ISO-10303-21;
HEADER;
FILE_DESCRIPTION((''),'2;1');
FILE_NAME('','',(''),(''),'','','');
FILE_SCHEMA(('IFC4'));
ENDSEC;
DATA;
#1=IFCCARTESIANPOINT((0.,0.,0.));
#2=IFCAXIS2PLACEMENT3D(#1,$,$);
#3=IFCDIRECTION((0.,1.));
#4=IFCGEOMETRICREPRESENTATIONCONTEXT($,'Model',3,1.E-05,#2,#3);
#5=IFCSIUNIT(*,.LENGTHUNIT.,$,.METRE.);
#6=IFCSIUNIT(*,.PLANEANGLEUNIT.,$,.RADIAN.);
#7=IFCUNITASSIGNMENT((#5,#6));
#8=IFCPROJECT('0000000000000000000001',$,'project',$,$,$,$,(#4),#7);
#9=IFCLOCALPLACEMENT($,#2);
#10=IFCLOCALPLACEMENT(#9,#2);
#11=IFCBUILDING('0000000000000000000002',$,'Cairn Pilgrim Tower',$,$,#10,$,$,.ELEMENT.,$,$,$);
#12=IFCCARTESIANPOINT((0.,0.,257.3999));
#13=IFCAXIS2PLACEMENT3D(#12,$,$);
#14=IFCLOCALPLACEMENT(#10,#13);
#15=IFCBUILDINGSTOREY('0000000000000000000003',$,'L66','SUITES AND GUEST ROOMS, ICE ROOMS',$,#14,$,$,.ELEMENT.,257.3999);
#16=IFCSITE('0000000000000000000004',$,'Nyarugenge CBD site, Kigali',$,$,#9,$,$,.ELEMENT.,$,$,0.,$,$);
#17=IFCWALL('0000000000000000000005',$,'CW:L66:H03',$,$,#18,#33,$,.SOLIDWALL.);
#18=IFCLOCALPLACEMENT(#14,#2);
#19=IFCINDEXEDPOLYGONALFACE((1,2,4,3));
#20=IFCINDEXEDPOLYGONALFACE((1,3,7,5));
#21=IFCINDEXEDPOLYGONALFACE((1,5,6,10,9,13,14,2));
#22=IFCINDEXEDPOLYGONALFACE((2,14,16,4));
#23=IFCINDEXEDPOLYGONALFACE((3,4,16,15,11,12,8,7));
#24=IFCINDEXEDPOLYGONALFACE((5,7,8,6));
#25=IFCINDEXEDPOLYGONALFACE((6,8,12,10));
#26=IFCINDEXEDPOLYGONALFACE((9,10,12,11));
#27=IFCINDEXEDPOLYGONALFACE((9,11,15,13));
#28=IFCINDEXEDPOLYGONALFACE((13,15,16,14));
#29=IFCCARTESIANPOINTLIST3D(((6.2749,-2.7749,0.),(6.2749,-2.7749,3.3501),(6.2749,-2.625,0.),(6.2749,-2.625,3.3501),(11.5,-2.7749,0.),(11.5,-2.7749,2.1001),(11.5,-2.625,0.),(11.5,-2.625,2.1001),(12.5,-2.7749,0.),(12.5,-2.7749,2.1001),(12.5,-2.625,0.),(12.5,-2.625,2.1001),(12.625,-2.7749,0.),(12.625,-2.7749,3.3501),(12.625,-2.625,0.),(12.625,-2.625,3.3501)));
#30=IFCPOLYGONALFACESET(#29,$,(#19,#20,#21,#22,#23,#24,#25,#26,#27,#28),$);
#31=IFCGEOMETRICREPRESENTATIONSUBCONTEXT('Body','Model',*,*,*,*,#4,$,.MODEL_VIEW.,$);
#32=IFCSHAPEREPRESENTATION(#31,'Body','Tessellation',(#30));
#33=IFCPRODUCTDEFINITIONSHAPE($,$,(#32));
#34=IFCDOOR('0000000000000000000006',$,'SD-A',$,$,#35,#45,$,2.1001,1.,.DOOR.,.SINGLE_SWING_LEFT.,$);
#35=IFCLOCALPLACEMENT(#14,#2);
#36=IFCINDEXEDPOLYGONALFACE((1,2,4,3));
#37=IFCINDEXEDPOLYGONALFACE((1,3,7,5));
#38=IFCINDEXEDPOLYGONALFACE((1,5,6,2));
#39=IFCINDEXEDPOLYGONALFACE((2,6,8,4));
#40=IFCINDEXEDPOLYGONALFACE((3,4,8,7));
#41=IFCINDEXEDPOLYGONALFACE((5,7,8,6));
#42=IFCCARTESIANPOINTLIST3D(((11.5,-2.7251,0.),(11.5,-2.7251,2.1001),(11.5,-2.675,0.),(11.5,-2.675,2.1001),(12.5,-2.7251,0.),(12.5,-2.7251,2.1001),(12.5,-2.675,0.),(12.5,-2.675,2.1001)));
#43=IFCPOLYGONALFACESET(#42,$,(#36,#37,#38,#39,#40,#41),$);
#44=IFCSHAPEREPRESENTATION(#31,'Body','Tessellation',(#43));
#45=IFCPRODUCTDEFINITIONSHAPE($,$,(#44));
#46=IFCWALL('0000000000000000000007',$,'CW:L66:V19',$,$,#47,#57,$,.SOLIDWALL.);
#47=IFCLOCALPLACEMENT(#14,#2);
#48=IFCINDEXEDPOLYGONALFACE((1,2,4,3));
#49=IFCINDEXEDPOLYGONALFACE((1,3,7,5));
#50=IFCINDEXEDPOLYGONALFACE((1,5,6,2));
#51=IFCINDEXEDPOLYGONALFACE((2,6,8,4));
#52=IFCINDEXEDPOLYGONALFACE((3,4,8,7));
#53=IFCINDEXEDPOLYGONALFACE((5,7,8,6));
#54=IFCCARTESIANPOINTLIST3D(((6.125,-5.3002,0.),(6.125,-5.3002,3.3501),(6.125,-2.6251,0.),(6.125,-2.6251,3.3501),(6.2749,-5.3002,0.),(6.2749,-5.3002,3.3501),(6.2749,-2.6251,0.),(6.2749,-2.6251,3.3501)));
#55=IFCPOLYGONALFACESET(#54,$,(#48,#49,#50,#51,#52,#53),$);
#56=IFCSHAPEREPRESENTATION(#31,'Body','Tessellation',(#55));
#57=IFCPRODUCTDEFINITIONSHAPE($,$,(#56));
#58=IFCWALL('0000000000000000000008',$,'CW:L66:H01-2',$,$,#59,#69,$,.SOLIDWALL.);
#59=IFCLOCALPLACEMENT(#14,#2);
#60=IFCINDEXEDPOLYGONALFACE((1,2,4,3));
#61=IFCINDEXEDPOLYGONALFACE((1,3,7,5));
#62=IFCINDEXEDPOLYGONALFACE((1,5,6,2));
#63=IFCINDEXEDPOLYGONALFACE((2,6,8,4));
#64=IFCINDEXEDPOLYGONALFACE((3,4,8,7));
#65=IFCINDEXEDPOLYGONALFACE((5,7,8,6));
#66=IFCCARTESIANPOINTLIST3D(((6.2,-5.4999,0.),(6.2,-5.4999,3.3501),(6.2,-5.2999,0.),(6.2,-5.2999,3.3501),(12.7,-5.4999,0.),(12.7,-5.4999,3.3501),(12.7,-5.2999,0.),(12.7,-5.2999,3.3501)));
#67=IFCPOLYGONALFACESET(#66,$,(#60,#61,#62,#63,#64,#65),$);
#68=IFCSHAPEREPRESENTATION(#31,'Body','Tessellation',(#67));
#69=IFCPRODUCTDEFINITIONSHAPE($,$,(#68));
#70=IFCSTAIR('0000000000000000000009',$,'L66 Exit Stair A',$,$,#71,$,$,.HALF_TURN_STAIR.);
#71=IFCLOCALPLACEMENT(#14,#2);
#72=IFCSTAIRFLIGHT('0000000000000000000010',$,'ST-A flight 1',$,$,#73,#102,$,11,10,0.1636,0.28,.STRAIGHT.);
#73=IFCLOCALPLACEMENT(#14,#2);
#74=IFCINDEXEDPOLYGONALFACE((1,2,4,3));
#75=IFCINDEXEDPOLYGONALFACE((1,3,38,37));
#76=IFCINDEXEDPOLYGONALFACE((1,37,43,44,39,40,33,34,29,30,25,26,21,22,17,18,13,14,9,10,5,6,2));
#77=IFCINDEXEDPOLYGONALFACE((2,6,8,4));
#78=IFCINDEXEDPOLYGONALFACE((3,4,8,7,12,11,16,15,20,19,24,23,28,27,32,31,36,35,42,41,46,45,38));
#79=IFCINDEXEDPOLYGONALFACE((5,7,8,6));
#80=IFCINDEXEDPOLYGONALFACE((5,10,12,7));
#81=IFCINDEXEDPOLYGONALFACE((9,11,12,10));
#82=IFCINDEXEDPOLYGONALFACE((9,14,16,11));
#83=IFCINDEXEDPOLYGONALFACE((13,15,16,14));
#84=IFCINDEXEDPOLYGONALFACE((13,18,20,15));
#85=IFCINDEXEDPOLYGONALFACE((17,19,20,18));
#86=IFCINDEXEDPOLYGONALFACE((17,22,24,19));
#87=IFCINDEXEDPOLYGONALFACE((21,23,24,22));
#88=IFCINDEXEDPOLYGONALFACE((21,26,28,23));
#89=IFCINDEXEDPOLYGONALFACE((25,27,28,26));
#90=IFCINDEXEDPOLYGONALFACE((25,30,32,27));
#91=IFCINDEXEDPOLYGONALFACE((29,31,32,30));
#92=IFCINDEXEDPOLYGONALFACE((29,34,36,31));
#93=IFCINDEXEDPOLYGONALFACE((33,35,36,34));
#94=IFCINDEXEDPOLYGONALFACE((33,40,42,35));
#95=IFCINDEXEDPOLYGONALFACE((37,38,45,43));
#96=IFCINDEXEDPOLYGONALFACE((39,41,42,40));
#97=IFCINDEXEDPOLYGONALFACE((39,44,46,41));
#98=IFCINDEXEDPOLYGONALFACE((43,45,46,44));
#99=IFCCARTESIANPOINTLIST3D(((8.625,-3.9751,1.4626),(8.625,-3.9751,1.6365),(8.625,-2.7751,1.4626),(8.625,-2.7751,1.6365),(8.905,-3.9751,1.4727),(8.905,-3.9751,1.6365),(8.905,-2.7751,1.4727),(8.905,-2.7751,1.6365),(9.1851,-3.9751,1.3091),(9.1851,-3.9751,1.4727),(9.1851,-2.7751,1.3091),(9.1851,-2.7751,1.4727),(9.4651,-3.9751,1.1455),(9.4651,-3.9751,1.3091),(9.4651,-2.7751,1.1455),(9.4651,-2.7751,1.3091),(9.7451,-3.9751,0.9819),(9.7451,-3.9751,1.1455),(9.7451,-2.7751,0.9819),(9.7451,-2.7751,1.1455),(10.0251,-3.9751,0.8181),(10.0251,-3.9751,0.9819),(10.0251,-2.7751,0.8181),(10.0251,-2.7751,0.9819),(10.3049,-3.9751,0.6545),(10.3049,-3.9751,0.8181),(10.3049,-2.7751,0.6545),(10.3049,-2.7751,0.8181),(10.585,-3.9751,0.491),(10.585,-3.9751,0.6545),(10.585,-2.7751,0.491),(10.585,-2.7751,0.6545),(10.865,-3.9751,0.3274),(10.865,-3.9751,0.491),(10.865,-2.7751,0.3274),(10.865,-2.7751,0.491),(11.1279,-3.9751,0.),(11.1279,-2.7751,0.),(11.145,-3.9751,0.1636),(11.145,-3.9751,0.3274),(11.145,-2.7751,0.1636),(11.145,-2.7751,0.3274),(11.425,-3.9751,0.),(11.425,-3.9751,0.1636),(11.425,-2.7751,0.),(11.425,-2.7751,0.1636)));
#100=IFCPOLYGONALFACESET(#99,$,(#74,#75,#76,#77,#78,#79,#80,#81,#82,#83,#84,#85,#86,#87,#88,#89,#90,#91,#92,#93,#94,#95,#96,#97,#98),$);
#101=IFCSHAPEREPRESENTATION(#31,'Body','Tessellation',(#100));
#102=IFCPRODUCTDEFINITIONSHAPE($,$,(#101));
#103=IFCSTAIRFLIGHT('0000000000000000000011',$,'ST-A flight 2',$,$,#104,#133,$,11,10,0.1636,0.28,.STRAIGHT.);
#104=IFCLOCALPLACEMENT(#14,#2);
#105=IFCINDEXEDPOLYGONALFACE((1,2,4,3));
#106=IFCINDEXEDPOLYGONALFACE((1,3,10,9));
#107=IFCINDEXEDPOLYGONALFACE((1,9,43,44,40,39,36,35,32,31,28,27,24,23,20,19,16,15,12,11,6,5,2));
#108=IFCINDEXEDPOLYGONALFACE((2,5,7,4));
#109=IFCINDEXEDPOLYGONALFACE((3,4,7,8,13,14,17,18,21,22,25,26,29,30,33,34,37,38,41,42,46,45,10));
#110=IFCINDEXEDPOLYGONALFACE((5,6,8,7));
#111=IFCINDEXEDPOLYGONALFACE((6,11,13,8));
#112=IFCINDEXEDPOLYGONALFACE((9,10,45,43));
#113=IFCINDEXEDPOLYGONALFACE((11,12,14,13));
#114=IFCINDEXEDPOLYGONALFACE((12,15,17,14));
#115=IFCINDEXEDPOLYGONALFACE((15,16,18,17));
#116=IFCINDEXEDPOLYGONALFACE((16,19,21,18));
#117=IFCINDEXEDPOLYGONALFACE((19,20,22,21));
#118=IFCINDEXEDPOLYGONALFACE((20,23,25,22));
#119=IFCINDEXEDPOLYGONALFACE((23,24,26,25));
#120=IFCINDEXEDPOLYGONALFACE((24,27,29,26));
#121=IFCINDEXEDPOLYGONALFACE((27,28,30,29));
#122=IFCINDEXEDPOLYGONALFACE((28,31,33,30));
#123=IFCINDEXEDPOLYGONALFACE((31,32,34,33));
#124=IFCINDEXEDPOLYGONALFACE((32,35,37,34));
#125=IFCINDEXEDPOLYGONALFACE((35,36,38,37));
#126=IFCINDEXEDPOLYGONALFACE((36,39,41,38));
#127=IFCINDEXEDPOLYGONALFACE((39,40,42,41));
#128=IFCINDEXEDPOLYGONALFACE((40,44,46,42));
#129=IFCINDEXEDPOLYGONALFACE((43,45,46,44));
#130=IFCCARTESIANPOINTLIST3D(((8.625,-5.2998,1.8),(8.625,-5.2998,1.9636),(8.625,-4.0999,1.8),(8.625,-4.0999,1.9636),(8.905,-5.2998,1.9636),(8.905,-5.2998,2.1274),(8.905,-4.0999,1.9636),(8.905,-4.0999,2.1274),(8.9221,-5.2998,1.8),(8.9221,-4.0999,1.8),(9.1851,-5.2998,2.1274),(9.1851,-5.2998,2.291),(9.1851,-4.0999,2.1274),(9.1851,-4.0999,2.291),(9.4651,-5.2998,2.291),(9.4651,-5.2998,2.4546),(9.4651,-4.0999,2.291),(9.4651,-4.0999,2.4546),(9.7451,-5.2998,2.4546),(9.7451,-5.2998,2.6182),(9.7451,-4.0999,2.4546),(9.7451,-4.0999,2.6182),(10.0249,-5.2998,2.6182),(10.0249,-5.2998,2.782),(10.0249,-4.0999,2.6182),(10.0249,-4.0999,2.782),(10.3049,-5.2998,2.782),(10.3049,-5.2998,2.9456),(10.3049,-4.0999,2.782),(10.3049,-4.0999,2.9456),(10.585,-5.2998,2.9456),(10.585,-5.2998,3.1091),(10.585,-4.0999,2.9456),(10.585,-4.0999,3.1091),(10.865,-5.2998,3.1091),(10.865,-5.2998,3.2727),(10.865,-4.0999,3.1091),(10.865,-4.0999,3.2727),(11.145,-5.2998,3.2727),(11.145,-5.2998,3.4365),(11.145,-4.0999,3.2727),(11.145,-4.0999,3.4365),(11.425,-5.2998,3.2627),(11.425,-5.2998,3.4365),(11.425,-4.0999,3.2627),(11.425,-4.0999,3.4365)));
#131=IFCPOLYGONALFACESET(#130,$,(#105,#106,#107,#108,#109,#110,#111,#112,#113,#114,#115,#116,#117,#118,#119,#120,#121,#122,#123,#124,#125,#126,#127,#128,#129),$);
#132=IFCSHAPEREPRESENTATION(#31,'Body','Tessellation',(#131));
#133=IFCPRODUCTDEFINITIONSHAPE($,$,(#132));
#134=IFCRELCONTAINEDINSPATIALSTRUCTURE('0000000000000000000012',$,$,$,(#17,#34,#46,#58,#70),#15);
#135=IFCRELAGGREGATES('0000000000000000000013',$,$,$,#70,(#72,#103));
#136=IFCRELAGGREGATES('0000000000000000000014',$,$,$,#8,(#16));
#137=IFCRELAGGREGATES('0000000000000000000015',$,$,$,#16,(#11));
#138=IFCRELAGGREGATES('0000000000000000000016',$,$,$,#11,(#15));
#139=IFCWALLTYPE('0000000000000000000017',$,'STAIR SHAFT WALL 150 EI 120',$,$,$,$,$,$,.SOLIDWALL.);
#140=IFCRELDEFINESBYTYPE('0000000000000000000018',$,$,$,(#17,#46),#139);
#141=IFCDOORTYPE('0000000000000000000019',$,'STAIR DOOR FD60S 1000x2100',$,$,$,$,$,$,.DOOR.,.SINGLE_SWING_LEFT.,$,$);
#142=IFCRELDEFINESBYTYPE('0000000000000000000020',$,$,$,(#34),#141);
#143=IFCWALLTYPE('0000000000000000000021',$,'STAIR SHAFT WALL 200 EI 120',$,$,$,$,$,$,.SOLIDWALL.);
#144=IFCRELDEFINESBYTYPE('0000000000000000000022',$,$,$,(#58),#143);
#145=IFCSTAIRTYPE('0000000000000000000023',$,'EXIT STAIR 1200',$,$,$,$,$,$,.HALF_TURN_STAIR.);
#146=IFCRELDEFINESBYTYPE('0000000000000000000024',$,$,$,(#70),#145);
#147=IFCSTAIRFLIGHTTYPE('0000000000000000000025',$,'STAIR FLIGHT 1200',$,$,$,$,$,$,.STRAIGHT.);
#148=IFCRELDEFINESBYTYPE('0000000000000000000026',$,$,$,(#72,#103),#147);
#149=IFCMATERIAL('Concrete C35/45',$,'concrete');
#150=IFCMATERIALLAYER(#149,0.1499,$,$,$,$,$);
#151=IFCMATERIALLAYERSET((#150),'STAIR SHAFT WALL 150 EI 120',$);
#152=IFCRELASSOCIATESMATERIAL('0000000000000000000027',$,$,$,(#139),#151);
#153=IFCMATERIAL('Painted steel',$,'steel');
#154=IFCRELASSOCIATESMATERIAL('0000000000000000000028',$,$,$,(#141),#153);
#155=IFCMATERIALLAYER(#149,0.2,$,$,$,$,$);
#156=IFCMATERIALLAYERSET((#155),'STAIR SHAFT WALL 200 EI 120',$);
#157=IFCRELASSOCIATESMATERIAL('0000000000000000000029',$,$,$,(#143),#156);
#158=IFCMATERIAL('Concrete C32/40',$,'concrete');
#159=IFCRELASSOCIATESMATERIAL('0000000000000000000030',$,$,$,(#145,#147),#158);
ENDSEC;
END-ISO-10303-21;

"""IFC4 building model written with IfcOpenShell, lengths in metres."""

from ifc_helpers import new_model, si_unit, direction, frame, frame_2d, origin, place, context, subcontext, project, spatial, polyline, rectangle, outline, extrude, material, layer, layer_set, type_object, element, fill, aggregate, save


model = new_model("IFC4")

# Units and contexts
model_context = context("Model", 3, precision=1e-05, world=origin(), true_north=direction((0.0, 1.0)))
body_context = subcontext(model_context, "Body", "Model", "MODEL_VIEW")
ifc_project = project(units=[si_unit("LENGTHUNIT", "METRE"), si_unit("PLANEANGLEUNIT", "RADIAN")], contexts=[model_context])

# Site, building, storey
site_placement = place(None, origin())
site = spatial("IfcSite", under=ifc_project, at=site_placement, Name="Nyarugenge CBD site, Kigali", CompositionType="ELEMENT", RefElevation=0.0)
building_placement = place(site_placement, origin())
building = spatial("IfcBuilding", under=site, at=building_placement, Name="Cairn Pilgrim Tower", CompositionType="ELEMENT")
storey_placement = place(building_placement, frame((0.0, 0.0, 257.3999)))
storey = spatial("IfcBuildingStorey", under=building, at=storey_placement, Name="L66", Description="SUITES AND GUEST ROOMS, ICE ROOMS", CompositionType="ELEMENT", Elevation=257.3999)

# Shared definitions
ifc_material_1 = material(Name="Concrete C35/45", Category="concrete")

# Shared definitions
ifc_material_2 = material(Name="Concrete C32/40", Category="concrete")

# Wall, opening, door
ifc_layer_1 = layer(ifc_material_1, 0.1499)
ifc_layer_set_1 = layer_set([ifc_layer_1], Name="STAIR SHAFT WALL 150 EI 120")
wall_type_1 = type_object("IfcWallType", Name="STAIR SHAFT WALL 150 EI 120", PredefinedType="SOLIDWALL", material=ifc_layer_set_1)
wall_1_placement = place(storey_placement, frame((6.2749, -2.7, 0.0), z_axis=(0.0, 0.0, 1.0), x_axis=(1.0, 0.0, 0.0)))
wall_1 = element("IfcWall", 1, at=wall_1_placement, inside=storey, type_object=wall_type_1, Name="CW:L66:H03", PredefinedType="SOLIDWALL", context=body_context, shape_type="SweptSolid", body=[
    extrude(rectangle(XDim=6.3501, YDim=0.1499, at=frame_2d((3.175, 0.0))), origin(), (0.0, 0.0, 1.0), 3.3501),
])
opening_1_placement = place(wall_1_placement, frame((5.2251, 0.0, 0.0)))
opening_1 = element("IfcOpeningElement", 2, at=opening_1_placement, cuts=wall_1, PredefinedType="OPENING", context=body_context, shape_type="SweptSolid", body=[
    extrude(rectangle(XDim=1.0, YDim=2.1001, at=frame_2d((0.5, 1.05))), frame((0.0, 0.085, 0.0), z_axis=(0.0, -1.0, 0.0), x_axis=(1.0, 0.0, 0.0)), (0.0, 0.0, 1.0), 0.1699),
])
ifc_material_3 = material(Name="Painted steel", Category="steel")
door_type_1 = type_object("IfcDoorType", Name="STAIR DOOR FD60S 1000x2100", OperationType="SINGLE_SWING_LEFT", PredefinedType="DOOR", material=ifc_material_3)
door_1_placement = place(opening_1_placement, origin())
door_1 = element("IfcDoor", 3, at=door_1_placement, inside=storey, type_object=door_type_1, Name="SD-A", OperationType="SINGLE_SWING_LEFT", OverallHeight=2.1001, OverallWidth=1.0, PredefinedType="DOOR", context=body_context, shape_type="SweptSolid", body=[
    extrude(rectangle(XDim=1.0, YDim=2.1001, at=frame_2d((0.5, 1.05))), frame((0.0, 0.0249, 0.0), z_axis=(0.0, -1.0, 0.0), x_axis=(1.0, 0.0, 0.0)), (0.0, 0.0, 1.0), 0.05),
])
fill(opening_1, door_1)

# Walls
wall_2_placement = place(storey_placement, frame((6.2, -5.3, 0.0), z_axis=(0.0, 0.0, 1.0), x_axis=(0.0, 1.0, 0.0)))
element("IfcWall", 4, at=wall_2_placement, inside=storey, type_object=wall_type_1, Name="CW:L66:V19", PredefinedType="SOLIDWALL", context=body_context, shape_type="SweptSolid", body=[
    extrude(rectangle(XDim=2.675, YDim=0.1499, at=frame_2d((1.3374, 0.0))), origin(), (0.0, 0.0, 1.0), 3.3501),
])
ifc_layer_2 = layer(ifc_material_1, 0.2)
ifc_layer_set_2 = layer_set([ifc_layer_2], Name="STAIR SHAFT WALL 200 EI 120")
wall_type_2 = type_object("IfcWallType", Name="STAIR SHAFT WALL 200 EI 120", PredefinedType="SOLIDWALL", material=ifc_layer_set_2)
wall_3_placement = place(storey_placement, frame((6.2, -5.3999, 0.0), z_axis=(0.0, 0.0, 1.0), x_axis=(1.0, 0.0, 0.0)))
element("IfcWall", 5, at=wall_3_placement, inside=storey, type_object=wall_type_2, Name="CW:L66:H01-2", PredefinedType="SOLIDWALL", context=body_context, shape_type="SweptSolid", body=[
    extrude(rectangle(XDim=6.5, YDim=0.2, at=frame_2d((3.25, 0.0))), origin(), (0.0, 0.0, 1.0), 3.3501),
])

# Stair, stair flights
stair_type = type_object("IfcStairType", Name="EXIT STAIR 1200", PredefinedType="HALF_TURN_STAIR", material=ifc_material_2)
stair_placement = place(storey_placement, origin())
stair = element("IfcStair", 6, at=stair_placement, inside=storey, type_object=stair_type, Name="L66 Exit Stair A", PredefinedType="HALF_TURN_STAIR")
stair_flight_type = type_object("IfcStairFlightType", Name="STAIR FLIGHT 1200", PredefinedType="STRAIGHT", material=ifc_material_2)
stair_flight_1_placement = place(storey_placement, frame((11.425, -3.375, 0.0), z_axis=(0.0, 0.0, 1.0), x_axis=(-1.0, 0.0, 0.0)))
stair_flight_1 = element("IfcStairFlight", 7, at=stair_flight_1_placement, type_object=stair_flight_type, Name="ST-A flight 1", NumberOfRisers=11, NumberOfTreads=10, PredefinedType="STRAIGHT", RiserHeight=0.1636, TreadLength=0.28, context=body_context, shape_type="SweptSolid", body=[
    extrude(outline(polyline([(0.0, 0.0), (0.0, 0.1636), (0.28, 0.1636), (0.28, 0.3274), (0.5601, 0.3274), (0.5601, 0.491), (0.8401, 0.491), (0.8401, 0.6545), (1.1201, 0.6545), (1.1201, 0.8181), (1.3999, 0.8181), (1.3999, 0.9819), (1.6799, 0.9819), (1.6799, 1.1455), (1.96, 1.1455), (1.96, 1.3091), (2.24, 1.3091), (2.24, 1.4727), (2.52, 1.4727), (2.52, 1.6365), (2.8, 1.6365), (2.8, 1.8), (2.8, 1.4626), (0.2971, 0.0), (0.0, 0.0)])), frame((0.0, 0.6001, 0.0), z_axis=(0.0, -1.0, 0.0), x_axis=(1.0, 0.0, 0.0)), (0.0, 0.0, 1.0), 1.2),
])
stair_flight_2_placement = place(storey_placement, frame((8.625, -4.7, 1.8), z_axis=(0.0, 0.0, 1.0), x_axis=(1.0, 0.0, 0.0)))
stair_flight_2 = element("IfcStairFlight", 8, at=stair_flight_2_placement, type_object=stair_flight_type, Name="ST-A flight 2", NumberOfRisers=11, NumberOfTreads=10, PredefinedType="STRAIGHT", RiserHeight=0.1636, TreadLength=0.28, context=body_context, shape_type="SweptSolid", body=[
    extrude(outline(polyline([(0.0, 0.0), (0.0, 0.1636), (0.28, 0.1636), (0.28, 0.3274), (0.5601, 0.3274), (0.5601, 0.491), (0.8401, 0.491), (0.8401, 0.6545), (1.1201, 0.6545), (1.1201, 0.8181), (1.3999, 0.8181), (1.3999, 0.9819), (1.6799, 0.9819), (1.6799, 1.1455), (1.96, 1.1455), (1.96, 1.3091), (2.24, 1.3091), (2.24, 1.4727), (2.52, 1.4727), (2.52, 1.6365), (2.8, 1.6365), (2.8, 1.8), (2.8, 1.4626), (0.2971, 0.0), (0.0, 0.0)])), frame((0.0, 0.6001, 0.0), z_axis=(0.0, -1.0, 0.0), x_axis=(1.0, 0.0, 0.0)), (0.0, 0.0, 1.0), 1.2),
])
aggregate(stair, [stair_flight_1, stair_flight_2])

save(model, "model.ifc")
